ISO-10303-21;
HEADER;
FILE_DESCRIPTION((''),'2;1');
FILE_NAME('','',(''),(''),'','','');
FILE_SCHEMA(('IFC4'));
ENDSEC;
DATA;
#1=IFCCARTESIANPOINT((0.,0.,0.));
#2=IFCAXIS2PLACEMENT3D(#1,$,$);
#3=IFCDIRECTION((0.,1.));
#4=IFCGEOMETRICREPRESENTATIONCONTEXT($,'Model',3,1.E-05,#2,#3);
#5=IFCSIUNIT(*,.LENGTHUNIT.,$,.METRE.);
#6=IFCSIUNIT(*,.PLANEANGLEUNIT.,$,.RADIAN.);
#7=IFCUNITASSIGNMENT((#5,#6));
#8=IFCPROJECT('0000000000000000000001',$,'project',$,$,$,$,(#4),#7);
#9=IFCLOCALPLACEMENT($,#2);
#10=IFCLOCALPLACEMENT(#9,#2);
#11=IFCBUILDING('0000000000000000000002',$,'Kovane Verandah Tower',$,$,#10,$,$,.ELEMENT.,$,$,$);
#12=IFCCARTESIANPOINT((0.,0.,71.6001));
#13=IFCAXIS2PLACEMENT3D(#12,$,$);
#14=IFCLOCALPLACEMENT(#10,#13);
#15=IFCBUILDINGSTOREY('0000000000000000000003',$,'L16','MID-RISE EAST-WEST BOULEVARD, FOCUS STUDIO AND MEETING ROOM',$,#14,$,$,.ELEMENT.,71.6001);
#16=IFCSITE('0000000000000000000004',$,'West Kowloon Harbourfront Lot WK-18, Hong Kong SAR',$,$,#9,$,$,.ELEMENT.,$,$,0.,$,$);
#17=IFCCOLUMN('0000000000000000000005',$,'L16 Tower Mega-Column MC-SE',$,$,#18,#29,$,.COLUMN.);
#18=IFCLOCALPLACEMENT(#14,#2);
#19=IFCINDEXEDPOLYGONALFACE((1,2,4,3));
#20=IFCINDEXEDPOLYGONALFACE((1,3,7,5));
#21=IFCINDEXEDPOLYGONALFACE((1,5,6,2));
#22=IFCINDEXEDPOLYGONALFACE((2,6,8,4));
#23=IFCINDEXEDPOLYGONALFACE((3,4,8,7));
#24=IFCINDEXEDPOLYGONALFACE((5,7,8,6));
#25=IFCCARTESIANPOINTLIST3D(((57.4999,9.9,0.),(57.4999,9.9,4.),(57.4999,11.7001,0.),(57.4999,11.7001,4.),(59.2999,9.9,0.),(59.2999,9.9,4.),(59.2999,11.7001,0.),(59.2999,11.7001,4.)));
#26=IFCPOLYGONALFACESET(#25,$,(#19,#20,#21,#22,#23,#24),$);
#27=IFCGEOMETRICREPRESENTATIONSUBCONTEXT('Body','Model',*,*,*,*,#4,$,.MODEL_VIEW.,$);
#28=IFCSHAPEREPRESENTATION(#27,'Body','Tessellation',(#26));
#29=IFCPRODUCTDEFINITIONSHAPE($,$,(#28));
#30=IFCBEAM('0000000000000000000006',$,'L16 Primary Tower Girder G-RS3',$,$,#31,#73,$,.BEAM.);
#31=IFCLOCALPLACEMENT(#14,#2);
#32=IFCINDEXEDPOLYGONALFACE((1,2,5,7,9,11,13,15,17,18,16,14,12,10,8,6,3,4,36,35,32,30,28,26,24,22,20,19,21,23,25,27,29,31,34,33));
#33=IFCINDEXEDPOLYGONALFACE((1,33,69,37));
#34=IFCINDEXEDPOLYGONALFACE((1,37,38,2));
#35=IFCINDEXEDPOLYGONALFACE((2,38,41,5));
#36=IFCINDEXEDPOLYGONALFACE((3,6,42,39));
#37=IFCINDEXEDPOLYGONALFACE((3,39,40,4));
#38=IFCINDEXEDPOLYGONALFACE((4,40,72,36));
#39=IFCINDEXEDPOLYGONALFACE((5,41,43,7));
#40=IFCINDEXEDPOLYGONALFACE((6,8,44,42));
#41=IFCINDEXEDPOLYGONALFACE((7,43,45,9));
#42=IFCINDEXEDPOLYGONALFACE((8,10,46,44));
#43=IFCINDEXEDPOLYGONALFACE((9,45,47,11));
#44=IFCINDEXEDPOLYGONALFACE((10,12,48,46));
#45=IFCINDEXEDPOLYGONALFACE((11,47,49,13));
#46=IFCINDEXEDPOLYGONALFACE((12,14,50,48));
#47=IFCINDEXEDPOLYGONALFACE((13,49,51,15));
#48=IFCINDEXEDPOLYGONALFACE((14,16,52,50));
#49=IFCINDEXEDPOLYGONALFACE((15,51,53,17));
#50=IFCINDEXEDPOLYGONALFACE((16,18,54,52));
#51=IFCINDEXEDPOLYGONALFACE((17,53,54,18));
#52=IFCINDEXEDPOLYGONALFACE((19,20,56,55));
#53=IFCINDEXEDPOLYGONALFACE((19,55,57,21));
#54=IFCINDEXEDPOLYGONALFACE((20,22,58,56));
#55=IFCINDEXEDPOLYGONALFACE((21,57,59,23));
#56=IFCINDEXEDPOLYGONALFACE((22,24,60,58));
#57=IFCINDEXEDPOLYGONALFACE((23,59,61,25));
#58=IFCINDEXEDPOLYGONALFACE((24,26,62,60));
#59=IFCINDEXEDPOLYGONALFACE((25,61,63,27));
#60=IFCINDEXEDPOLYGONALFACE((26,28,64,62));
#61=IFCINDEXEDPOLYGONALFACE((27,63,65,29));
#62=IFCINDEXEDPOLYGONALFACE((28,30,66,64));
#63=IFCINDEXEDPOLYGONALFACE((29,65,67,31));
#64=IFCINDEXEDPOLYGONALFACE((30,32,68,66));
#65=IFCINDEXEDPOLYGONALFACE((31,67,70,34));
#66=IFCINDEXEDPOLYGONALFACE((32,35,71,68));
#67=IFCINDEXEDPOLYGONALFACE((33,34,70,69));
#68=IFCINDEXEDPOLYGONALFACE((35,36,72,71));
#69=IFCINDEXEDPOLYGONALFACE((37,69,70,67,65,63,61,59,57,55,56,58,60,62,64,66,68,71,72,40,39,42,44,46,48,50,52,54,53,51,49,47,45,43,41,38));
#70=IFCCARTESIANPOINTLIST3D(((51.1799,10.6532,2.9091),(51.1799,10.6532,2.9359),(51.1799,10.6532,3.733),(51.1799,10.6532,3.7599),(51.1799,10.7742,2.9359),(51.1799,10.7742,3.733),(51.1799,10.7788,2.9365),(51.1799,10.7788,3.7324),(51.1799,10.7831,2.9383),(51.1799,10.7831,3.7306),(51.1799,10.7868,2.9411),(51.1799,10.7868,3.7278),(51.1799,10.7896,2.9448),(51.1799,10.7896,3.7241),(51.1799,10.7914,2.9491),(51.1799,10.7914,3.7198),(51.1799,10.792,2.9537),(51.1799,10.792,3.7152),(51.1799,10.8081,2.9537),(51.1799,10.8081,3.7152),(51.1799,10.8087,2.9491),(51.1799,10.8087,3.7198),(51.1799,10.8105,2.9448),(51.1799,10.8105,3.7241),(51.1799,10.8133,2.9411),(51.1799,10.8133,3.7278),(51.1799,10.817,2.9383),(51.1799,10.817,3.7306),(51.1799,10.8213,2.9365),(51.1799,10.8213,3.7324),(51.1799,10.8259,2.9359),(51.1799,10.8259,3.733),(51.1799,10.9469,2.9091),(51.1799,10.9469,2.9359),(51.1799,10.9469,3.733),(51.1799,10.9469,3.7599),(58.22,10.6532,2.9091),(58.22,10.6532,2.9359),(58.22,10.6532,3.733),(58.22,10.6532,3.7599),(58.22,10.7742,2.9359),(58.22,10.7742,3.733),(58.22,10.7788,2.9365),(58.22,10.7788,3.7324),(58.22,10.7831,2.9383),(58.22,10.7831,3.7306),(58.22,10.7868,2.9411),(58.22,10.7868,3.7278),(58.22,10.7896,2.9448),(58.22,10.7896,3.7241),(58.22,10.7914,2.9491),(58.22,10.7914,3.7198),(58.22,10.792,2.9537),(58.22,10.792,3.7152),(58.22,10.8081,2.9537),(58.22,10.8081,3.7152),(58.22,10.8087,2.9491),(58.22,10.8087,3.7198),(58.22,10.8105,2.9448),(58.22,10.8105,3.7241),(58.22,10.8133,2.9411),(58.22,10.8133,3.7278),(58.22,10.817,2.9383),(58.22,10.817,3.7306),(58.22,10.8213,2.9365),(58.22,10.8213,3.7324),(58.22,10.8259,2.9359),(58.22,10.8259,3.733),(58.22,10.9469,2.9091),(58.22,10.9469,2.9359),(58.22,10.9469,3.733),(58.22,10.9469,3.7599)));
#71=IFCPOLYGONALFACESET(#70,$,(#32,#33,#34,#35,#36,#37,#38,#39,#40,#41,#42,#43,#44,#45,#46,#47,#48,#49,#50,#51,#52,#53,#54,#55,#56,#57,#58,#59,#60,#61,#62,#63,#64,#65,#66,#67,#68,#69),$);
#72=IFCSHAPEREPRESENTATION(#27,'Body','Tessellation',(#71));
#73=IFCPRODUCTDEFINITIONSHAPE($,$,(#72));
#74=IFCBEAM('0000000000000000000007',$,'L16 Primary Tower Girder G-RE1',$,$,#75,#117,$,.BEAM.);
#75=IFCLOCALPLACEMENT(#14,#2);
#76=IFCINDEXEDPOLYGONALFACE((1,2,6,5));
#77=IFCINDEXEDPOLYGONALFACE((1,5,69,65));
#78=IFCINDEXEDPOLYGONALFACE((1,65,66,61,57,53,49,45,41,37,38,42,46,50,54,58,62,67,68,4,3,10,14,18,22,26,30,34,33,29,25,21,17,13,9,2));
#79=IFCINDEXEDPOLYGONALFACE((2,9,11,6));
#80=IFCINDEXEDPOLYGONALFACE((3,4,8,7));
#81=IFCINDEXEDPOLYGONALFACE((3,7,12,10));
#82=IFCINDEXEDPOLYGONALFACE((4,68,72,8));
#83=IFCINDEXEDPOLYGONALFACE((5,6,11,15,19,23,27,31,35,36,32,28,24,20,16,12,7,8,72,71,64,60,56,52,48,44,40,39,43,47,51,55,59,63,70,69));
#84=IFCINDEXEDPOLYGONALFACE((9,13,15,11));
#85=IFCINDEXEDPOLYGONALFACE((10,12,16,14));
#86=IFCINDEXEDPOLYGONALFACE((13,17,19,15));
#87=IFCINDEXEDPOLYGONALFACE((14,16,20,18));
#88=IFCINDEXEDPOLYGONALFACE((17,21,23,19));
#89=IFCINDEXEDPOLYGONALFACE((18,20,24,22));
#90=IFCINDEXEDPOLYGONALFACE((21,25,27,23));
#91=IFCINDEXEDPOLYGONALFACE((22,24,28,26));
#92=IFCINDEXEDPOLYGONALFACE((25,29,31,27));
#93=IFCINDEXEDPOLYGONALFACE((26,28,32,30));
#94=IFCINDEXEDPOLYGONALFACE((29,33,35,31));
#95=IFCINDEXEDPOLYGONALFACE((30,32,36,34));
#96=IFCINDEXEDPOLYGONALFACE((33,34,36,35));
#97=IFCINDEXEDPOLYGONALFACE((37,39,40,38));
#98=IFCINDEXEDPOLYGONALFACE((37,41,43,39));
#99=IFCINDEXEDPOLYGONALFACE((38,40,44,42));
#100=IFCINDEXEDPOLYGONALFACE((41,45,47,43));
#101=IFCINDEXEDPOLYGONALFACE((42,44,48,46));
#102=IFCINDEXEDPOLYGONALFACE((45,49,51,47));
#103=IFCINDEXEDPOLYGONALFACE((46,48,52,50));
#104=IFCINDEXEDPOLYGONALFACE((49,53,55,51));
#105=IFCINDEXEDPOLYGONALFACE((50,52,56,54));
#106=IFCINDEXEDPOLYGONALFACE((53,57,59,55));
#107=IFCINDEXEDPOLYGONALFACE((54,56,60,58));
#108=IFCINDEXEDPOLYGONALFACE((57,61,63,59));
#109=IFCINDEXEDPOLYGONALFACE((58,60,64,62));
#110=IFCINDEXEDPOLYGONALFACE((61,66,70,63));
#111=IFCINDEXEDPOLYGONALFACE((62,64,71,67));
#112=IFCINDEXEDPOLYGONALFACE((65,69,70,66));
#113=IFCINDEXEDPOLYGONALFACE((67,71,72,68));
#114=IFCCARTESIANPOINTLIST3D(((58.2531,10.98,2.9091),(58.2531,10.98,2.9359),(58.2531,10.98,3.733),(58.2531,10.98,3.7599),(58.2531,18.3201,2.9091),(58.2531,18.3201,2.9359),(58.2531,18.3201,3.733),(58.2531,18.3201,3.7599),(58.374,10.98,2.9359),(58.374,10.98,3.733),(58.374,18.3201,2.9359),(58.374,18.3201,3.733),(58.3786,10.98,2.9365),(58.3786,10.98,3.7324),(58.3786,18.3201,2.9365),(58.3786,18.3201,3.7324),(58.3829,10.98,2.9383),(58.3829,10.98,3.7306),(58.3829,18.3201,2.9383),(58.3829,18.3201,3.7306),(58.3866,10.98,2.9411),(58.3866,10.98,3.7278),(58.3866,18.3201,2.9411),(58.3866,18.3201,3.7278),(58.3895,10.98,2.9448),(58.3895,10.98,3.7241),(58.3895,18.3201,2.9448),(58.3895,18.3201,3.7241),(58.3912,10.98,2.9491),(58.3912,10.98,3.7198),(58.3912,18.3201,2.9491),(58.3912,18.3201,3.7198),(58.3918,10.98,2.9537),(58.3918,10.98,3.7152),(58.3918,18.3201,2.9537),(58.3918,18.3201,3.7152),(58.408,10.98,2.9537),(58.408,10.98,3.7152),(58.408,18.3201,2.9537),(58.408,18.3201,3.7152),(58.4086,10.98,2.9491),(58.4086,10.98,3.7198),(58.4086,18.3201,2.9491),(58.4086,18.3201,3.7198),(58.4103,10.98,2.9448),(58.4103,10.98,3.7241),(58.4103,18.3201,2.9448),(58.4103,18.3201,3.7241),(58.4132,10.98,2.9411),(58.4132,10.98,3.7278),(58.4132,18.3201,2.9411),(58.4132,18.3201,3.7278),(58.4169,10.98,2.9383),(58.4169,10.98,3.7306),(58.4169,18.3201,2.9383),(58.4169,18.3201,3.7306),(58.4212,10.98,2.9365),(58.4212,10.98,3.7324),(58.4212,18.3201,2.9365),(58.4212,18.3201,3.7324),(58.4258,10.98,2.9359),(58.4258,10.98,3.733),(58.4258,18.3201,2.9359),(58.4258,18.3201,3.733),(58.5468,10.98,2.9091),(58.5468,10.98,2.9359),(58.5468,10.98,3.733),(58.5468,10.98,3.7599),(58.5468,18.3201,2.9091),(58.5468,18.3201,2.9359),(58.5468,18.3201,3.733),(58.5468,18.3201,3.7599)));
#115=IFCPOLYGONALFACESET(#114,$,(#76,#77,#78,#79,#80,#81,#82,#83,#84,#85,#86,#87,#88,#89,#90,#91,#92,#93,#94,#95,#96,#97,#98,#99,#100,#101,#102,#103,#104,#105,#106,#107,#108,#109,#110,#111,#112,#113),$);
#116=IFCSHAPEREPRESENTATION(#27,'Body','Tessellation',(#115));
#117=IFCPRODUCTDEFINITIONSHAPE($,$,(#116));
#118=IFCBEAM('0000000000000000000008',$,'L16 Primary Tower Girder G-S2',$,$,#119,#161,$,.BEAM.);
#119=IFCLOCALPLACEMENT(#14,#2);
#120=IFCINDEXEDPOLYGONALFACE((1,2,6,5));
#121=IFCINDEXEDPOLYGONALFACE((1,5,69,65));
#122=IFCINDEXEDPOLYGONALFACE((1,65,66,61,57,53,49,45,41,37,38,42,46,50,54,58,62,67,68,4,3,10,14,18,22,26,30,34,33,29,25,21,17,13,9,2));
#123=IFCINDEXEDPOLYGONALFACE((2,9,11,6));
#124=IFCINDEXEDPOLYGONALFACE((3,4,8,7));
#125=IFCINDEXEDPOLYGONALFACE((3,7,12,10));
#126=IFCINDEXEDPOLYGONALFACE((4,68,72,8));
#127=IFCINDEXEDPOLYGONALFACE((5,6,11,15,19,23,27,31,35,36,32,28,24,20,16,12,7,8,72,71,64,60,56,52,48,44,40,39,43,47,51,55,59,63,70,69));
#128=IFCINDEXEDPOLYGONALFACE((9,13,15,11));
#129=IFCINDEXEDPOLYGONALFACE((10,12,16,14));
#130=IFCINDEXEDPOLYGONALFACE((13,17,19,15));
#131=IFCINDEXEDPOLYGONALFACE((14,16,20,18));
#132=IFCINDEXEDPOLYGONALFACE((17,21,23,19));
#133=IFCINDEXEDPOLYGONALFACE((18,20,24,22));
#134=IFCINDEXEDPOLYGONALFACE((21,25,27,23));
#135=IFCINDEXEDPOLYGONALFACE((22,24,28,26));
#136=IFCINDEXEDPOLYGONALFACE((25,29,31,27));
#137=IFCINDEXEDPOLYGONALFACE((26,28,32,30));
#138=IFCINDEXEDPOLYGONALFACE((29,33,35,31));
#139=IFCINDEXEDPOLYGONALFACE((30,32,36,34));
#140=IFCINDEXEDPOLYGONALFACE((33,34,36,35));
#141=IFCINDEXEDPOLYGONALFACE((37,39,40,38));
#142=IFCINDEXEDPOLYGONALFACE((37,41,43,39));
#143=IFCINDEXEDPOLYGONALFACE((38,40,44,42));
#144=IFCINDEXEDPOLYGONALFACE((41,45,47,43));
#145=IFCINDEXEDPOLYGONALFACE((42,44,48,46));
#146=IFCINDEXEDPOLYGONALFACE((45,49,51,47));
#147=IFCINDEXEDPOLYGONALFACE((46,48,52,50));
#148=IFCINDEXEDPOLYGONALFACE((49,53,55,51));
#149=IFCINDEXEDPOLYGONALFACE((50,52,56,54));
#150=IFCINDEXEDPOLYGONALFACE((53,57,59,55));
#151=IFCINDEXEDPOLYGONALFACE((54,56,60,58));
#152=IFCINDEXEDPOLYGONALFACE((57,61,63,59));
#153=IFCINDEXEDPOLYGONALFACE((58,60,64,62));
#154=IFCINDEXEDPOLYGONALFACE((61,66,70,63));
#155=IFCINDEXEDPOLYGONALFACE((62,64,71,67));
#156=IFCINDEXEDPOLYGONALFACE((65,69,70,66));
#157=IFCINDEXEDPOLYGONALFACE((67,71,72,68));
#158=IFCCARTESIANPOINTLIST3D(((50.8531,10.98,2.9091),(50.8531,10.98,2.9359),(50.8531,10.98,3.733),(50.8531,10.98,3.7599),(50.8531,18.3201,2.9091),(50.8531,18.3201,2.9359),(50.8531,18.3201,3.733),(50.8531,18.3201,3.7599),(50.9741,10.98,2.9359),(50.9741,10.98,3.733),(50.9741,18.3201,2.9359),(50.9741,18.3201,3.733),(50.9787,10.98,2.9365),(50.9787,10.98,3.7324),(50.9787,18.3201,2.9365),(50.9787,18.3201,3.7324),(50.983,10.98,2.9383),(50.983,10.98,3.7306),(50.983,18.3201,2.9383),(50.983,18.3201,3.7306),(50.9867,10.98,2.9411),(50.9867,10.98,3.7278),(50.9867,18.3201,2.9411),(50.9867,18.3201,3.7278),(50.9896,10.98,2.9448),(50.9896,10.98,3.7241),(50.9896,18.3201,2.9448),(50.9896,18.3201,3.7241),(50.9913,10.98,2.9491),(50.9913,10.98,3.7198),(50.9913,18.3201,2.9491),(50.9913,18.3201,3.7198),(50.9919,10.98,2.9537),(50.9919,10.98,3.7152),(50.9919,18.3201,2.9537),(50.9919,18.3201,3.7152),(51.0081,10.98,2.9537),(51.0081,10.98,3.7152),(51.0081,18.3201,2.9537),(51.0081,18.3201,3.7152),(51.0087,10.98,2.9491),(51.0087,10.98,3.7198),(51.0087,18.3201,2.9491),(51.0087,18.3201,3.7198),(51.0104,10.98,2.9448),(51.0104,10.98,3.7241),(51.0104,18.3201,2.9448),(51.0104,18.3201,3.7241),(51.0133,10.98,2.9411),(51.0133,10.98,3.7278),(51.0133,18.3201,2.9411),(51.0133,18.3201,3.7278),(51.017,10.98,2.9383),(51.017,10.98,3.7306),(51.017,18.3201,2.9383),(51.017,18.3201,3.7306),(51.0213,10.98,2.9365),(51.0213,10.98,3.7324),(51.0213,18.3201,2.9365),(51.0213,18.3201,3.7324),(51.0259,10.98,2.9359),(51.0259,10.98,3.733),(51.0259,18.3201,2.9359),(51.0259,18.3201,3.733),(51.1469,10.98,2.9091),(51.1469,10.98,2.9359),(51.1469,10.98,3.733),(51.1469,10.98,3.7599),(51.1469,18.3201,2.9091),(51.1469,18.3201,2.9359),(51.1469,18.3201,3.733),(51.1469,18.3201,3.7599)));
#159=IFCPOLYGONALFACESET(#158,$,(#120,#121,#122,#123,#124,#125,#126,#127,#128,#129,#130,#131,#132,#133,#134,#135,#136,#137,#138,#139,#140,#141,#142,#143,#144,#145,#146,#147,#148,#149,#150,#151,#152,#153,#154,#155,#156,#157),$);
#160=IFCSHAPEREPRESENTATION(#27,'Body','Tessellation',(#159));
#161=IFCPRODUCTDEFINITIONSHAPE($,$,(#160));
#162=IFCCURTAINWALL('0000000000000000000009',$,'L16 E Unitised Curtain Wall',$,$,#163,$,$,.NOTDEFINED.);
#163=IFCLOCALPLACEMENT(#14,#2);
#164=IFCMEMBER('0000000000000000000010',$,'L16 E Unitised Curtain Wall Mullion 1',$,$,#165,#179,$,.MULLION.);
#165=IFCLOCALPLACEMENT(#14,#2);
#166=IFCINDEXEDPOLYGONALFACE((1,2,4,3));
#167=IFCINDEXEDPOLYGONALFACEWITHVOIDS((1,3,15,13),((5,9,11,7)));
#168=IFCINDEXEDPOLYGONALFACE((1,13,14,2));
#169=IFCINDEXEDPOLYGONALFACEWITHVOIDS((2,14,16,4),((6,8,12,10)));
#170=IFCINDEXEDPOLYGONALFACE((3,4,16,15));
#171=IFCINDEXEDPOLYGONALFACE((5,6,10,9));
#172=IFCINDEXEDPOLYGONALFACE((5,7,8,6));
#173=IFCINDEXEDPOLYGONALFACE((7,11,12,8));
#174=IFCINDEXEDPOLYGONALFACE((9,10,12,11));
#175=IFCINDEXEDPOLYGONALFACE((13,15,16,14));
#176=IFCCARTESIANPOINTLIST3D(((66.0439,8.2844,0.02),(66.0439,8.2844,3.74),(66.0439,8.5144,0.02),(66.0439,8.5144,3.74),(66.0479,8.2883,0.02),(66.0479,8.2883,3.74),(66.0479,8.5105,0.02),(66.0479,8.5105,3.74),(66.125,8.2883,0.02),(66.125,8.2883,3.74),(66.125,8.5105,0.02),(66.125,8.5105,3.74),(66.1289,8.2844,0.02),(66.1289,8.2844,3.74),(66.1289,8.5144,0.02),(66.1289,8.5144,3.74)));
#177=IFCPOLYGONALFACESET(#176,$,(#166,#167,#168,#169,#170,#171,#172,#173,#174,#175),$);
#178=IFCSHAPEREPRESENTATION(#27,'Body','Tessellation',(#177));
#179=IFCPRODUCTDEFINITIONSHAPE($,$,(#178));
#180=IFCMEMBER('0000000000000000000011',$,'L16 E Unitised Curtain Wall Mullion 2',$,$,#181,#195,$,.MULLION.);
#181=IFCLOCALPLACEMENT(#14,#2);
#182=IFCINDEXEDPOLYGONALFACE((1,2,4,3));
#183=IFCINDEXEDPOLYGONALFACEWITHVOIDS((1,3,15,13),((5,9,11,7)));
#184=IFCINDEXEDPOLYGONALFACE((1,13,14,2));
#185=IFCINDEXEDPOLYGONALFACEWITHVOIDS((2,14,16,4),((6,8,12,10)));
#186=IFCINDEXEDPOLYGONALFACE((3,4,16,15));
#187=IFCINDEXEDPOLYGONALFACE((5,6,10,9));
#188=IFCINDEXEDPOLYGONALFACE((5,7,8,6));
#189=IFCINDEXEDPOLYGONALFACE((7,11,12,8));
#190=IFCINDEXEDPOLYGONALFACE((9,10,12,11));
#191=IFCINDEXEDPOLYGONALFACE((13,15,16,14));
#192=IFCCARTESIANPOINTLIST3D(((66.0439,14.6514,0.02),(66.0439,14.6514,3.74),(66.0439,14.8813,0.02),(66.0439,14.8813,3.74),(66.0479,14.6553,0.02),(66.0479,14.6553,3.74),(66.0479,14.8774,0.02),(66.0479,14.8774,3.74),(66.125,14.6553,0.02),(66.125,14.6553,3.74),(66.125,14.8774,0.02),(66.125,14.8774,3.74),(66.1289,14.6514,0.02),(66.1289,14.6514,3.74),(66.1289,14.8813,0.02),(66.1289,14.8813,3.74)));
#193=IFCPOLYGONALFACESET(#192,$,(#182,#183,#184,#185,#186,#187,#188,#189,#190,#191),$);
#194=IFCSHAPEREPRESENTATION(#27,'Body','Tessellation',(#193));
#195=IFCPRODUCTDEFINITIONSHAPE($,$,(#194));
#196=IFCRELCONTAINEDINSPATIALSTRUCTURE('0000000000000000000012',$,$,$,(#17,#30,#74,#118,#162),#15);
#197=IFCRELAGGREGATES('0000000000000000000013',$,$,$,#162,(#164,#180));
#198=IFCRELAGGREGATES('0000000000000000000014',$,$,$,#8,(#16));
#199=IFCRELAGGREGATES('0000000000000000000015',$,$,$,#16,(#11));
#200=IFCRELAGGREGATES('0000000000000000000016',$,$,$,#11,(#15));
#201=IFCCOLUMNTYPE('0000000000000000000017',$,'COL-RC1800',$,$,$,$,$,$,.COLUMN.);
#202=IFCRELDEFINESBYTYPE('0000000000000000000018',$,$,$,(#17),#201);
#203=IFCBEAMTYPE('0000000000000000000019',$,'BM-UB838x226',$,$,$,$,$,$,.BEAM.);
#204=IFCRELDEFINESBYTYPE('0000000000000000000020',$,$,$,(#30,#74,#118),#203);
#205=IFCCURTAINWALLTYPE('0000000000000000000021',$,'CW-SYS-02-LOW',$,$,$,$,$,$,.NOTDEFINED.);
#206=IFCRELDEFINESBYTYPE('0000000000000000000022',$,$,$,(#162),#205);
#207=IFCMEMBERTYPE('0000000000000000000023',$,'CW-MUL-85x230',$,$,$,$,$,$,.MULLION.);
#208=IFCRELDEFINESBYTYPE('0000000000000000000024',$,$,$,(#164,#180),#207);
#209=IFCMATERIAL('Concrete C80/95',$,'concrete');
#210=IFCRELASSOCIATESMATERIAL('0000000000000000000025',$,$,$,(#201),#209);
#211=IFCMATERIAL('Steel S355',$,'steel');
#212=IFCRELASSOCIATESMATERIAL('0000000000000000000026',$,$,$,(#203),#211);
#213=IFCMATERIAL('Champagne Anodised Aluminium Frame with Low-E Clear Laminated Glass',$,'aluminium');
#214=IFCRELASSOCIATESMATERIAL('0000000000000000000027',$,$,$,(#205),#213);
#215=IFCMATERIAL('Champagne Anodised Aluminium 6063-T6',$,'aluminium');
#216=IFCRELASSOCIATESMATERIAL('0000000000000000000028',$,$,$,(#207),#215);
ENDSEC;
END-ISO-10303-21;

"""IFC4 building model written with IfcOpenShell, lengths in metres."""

from ifc_helpers import new_model, si_unit, direction, frame, origin, origin_2d, place, context, subcontext, project, spatial, rectangle, hollow_rectangle, i_section, extrude, material, material_profile, profile_set, type_object, element, aggregate, save


model = new_model("IFC4")

# Units and contexts
model_context = context("Model", 3, precision=1e-05, world=origin(), true_north=direction((0.0, 1.0)))
body_context = subcontext(model_context, "Body", "Model", "MODEL_VIEW")
ifc_project = project(units=[si_unit("LENGTHUNIT", "METRE"), si_unit("PLANEANGLEUNIT", "RADIAN")], contexts=[model_context])

# Site, building, storey
site_placement = place(None, origin())
site = spatial("IfcSite", under=ifc_project, at=site_placement, Name="West Kowloon Harbourfront Lot WK-18, Hong Kong SAR", CompositionType="ELEMENT", RefElevation=0.0)
building_placement = place(site_placement, origin())
building = spatial("IfcBuilding", under=site, at=building_placement, Name="Kovane Verandah Tower", CompositionType="ELEMENT")
storey_placement = place(building_placement, frame((0.0, 0.0, 71.6001)))
storey = spatial("IfcBuildingStorey", under=building, at=storey_placement, Name="L16", Description="MID-RISE EAST-WEST BOULEVARD, FOCUS STUDIO AND MEETING ROOM", CompositionType="ELEMENT", Elevation=71.6001)

# Column
ifc_material_1 = material(Name="Concrete C80/95", Category="concrete")
ifc_material_profile_1 = material_profile(ifc_material_1, rectangle(XDim=1.8, YDim=1.8, at=origin_2d()), Name="RC1800x1800")
ifc_profile_set_1 = profile_set([ifc_material_profile_1], Name="Concrete C80/95")
column_type = type_object("IfcColumnType", Name="COL-RC1800", PredefinedType="COLUMN", material=ifc_profile_set_1)
column_placement = place(storey_placement, frame((58.3999, 10.8, 0.0), z_axis=(0.0, 0.0, 1.0), x_axis=(1.0, 0.0, 0.0)))
element("IfcColumn", 1, at=column_placement, inside=storey, type_object=column_type, Name="L16 Tower Mega-Column MC-SE", PredefinedType="COLUMN", context=body_context, shape_type="SweptSolid", body=[
    extrude(rectangle(XDim=1.8, YDim=1.8, at=origin_2d()), origin(), (0.0, 0.0, 1.0), 4.0),
])

# Beams
ifc_material_2 = material(Name="Steel S355", Category="steel")
ifc_material_profile_2 = material_profile(ifc_material_2, i_section(OverallWidth=0.2937, OverallDepth=0.8508, WebThickness=0.0161, FlangeThickness=0.0269, FilletRadius=0.0178, at=origin_2d()), Name="UB838x292x226")
ifc_profile_set_2 = profile_set([ifc_material_profile_2], Name="Steel S355")
beam_type_1 = type_object("IfcBeamType", Name="BM-UB838x226", PredefinedType="BEAM", material=ifc_profile_set_2)
beam_1_placement = place(storey_placement, frame((51.1799, 10.8, 3.3345), z_axis=(1.0, 0.0, 0.0), x_axis=(0.0, 1.0, 0.0)))
element("IfcBeam", 2, at=beam_1_placement, inside=storey, type_object=beam_type_1, Name="L16 Primary Tower Girder G-RS3", PredefinedType="BEAM", context=body_context, shape_type="SweptSolid", body=[
    extrude(i_section(OverallWidth=0.2937, OverallDepth=0.8508, WebThickness=0.0161, FlangeThickness=0.0269, FilletRadius=0.0178, at=origin_2d()), origin(), (0.0, 0.0, 1.0), 7.04),
])
for number, where, z_axis, x_axis, name in (
    (3, (58.3999, 10.98, 3.3345), (0.0, 1.0, 0.0), (-1.0, 0.0, 0.0), "L16 Primary Tower Girder G-RE1"),
    (4, (51.0, 18.3201, 3.3345), (0.0, -1.0, 0.0), (1.0, 0.0, 0.0), "L16 Primary Tower Girder G-S2"),
):
    element("IfcBeam", number, at=place(storey_placement, frame(where, z_axis=z_axis, x_axis=x_axis)), inside=storey, type_object=beam_type_1, Name=name, PredefinedType="BEAM", context=body_context, shape_type="SweptSolid", body=[
        extrude(i_section(OverallWidth=0.2937, OverallDepth=0.8508, WebThickness=0.0161, FlangeThickness=0.0269, FilletRadius=0.0178, at=origin_2d()), origin(), (0.0, 0.0, 1.0), 7.3401),
    ])

# Curtain wall, members
ifc_material_3 = material(Name="Champagne Anodised Aluminium Frame with Low-E Clear Laminated Glass", Category="aluminium")
curtain_wall_type = type_object("IfcCurtainWallType", Name="CW-SYS-02-LOW", PredefinedType="NOTDEFINED", material=ifc_material_3)
curtain_wall_placement = place(storey_placement, origin())
curtain_wall = element("IfcCurtainWall", 5, at=curtain_wall_placement, inside=storey, type_object=curtain_wall_type, Name="L16 E Unitised Curtain Wall", PredefinedType="NOTDEFINED")
ifc_material_4 = material(Name="Champagne Anodised Aluminium 6063-T6", Category="aluminium")
ifc_material_profile_3 = material_profile(ifc_material_4, hollow_rectangle(XDim=0.085, YDim=0.23, WallThickness=0.0039, at=origin_2d()), Name="AL85x230x4")
ifc_profile_set_3 = profile_set([ifc_material_profile_3], Name="Champagne Anodised Aluminium 6063-T6")
member_type_1 = type_object("IfcMemberType", Name="CW-MUL-85x230", PredefinedType="MULLION", material=ifc_profile_set_3)
member_1_placement = place(storey_placement, frame((66.0864, 8.3994, 0.02), z_axis=(0.0, 0.0, 1.0), x_axis=(1.0, 0.0, 0.0)))
member_1 = element("IfcMember", 6, at=member_1_placement, type_object=member_type_1, Name="L16 E Unitised Curtain Wall Mullion 1", PredefinedType="MULLION", context=body_context, shape_type="SweptSolid", body=[
    extrude(hollow_rectangle(XDim=0.085, YDim=0.23, WallThickness=0.0039, at=origin_2d()), origin(), (0.0, 0.0, 1.0), 3.72),
])
member_2_placement = place(storey_placement, frame((66.0864, 14.7664, 0.02), z_axis=(0.0, 0.0, 1.0), x_axis=(1.0, 0.0, 0.0)))
member_2 = element("IfcMember", 7, at=member_2_placement, type_object=member_type_1, Name="L16 E Unitised Curtain Wall Mullion 2", PredefinedType="MULLION", context=body_context, shape_type="SweptSolid", body=[
    extrude(hollow_rectangle(XDim=0.085, YDim=0.23, WallThickness=0.0039, at=origin_2d()), origin(), (0.0, 0.0, 1.0), 3.72),
])

aggregate(curtain_wall, [member_1, member_2])

save(model, "model.ifc")
